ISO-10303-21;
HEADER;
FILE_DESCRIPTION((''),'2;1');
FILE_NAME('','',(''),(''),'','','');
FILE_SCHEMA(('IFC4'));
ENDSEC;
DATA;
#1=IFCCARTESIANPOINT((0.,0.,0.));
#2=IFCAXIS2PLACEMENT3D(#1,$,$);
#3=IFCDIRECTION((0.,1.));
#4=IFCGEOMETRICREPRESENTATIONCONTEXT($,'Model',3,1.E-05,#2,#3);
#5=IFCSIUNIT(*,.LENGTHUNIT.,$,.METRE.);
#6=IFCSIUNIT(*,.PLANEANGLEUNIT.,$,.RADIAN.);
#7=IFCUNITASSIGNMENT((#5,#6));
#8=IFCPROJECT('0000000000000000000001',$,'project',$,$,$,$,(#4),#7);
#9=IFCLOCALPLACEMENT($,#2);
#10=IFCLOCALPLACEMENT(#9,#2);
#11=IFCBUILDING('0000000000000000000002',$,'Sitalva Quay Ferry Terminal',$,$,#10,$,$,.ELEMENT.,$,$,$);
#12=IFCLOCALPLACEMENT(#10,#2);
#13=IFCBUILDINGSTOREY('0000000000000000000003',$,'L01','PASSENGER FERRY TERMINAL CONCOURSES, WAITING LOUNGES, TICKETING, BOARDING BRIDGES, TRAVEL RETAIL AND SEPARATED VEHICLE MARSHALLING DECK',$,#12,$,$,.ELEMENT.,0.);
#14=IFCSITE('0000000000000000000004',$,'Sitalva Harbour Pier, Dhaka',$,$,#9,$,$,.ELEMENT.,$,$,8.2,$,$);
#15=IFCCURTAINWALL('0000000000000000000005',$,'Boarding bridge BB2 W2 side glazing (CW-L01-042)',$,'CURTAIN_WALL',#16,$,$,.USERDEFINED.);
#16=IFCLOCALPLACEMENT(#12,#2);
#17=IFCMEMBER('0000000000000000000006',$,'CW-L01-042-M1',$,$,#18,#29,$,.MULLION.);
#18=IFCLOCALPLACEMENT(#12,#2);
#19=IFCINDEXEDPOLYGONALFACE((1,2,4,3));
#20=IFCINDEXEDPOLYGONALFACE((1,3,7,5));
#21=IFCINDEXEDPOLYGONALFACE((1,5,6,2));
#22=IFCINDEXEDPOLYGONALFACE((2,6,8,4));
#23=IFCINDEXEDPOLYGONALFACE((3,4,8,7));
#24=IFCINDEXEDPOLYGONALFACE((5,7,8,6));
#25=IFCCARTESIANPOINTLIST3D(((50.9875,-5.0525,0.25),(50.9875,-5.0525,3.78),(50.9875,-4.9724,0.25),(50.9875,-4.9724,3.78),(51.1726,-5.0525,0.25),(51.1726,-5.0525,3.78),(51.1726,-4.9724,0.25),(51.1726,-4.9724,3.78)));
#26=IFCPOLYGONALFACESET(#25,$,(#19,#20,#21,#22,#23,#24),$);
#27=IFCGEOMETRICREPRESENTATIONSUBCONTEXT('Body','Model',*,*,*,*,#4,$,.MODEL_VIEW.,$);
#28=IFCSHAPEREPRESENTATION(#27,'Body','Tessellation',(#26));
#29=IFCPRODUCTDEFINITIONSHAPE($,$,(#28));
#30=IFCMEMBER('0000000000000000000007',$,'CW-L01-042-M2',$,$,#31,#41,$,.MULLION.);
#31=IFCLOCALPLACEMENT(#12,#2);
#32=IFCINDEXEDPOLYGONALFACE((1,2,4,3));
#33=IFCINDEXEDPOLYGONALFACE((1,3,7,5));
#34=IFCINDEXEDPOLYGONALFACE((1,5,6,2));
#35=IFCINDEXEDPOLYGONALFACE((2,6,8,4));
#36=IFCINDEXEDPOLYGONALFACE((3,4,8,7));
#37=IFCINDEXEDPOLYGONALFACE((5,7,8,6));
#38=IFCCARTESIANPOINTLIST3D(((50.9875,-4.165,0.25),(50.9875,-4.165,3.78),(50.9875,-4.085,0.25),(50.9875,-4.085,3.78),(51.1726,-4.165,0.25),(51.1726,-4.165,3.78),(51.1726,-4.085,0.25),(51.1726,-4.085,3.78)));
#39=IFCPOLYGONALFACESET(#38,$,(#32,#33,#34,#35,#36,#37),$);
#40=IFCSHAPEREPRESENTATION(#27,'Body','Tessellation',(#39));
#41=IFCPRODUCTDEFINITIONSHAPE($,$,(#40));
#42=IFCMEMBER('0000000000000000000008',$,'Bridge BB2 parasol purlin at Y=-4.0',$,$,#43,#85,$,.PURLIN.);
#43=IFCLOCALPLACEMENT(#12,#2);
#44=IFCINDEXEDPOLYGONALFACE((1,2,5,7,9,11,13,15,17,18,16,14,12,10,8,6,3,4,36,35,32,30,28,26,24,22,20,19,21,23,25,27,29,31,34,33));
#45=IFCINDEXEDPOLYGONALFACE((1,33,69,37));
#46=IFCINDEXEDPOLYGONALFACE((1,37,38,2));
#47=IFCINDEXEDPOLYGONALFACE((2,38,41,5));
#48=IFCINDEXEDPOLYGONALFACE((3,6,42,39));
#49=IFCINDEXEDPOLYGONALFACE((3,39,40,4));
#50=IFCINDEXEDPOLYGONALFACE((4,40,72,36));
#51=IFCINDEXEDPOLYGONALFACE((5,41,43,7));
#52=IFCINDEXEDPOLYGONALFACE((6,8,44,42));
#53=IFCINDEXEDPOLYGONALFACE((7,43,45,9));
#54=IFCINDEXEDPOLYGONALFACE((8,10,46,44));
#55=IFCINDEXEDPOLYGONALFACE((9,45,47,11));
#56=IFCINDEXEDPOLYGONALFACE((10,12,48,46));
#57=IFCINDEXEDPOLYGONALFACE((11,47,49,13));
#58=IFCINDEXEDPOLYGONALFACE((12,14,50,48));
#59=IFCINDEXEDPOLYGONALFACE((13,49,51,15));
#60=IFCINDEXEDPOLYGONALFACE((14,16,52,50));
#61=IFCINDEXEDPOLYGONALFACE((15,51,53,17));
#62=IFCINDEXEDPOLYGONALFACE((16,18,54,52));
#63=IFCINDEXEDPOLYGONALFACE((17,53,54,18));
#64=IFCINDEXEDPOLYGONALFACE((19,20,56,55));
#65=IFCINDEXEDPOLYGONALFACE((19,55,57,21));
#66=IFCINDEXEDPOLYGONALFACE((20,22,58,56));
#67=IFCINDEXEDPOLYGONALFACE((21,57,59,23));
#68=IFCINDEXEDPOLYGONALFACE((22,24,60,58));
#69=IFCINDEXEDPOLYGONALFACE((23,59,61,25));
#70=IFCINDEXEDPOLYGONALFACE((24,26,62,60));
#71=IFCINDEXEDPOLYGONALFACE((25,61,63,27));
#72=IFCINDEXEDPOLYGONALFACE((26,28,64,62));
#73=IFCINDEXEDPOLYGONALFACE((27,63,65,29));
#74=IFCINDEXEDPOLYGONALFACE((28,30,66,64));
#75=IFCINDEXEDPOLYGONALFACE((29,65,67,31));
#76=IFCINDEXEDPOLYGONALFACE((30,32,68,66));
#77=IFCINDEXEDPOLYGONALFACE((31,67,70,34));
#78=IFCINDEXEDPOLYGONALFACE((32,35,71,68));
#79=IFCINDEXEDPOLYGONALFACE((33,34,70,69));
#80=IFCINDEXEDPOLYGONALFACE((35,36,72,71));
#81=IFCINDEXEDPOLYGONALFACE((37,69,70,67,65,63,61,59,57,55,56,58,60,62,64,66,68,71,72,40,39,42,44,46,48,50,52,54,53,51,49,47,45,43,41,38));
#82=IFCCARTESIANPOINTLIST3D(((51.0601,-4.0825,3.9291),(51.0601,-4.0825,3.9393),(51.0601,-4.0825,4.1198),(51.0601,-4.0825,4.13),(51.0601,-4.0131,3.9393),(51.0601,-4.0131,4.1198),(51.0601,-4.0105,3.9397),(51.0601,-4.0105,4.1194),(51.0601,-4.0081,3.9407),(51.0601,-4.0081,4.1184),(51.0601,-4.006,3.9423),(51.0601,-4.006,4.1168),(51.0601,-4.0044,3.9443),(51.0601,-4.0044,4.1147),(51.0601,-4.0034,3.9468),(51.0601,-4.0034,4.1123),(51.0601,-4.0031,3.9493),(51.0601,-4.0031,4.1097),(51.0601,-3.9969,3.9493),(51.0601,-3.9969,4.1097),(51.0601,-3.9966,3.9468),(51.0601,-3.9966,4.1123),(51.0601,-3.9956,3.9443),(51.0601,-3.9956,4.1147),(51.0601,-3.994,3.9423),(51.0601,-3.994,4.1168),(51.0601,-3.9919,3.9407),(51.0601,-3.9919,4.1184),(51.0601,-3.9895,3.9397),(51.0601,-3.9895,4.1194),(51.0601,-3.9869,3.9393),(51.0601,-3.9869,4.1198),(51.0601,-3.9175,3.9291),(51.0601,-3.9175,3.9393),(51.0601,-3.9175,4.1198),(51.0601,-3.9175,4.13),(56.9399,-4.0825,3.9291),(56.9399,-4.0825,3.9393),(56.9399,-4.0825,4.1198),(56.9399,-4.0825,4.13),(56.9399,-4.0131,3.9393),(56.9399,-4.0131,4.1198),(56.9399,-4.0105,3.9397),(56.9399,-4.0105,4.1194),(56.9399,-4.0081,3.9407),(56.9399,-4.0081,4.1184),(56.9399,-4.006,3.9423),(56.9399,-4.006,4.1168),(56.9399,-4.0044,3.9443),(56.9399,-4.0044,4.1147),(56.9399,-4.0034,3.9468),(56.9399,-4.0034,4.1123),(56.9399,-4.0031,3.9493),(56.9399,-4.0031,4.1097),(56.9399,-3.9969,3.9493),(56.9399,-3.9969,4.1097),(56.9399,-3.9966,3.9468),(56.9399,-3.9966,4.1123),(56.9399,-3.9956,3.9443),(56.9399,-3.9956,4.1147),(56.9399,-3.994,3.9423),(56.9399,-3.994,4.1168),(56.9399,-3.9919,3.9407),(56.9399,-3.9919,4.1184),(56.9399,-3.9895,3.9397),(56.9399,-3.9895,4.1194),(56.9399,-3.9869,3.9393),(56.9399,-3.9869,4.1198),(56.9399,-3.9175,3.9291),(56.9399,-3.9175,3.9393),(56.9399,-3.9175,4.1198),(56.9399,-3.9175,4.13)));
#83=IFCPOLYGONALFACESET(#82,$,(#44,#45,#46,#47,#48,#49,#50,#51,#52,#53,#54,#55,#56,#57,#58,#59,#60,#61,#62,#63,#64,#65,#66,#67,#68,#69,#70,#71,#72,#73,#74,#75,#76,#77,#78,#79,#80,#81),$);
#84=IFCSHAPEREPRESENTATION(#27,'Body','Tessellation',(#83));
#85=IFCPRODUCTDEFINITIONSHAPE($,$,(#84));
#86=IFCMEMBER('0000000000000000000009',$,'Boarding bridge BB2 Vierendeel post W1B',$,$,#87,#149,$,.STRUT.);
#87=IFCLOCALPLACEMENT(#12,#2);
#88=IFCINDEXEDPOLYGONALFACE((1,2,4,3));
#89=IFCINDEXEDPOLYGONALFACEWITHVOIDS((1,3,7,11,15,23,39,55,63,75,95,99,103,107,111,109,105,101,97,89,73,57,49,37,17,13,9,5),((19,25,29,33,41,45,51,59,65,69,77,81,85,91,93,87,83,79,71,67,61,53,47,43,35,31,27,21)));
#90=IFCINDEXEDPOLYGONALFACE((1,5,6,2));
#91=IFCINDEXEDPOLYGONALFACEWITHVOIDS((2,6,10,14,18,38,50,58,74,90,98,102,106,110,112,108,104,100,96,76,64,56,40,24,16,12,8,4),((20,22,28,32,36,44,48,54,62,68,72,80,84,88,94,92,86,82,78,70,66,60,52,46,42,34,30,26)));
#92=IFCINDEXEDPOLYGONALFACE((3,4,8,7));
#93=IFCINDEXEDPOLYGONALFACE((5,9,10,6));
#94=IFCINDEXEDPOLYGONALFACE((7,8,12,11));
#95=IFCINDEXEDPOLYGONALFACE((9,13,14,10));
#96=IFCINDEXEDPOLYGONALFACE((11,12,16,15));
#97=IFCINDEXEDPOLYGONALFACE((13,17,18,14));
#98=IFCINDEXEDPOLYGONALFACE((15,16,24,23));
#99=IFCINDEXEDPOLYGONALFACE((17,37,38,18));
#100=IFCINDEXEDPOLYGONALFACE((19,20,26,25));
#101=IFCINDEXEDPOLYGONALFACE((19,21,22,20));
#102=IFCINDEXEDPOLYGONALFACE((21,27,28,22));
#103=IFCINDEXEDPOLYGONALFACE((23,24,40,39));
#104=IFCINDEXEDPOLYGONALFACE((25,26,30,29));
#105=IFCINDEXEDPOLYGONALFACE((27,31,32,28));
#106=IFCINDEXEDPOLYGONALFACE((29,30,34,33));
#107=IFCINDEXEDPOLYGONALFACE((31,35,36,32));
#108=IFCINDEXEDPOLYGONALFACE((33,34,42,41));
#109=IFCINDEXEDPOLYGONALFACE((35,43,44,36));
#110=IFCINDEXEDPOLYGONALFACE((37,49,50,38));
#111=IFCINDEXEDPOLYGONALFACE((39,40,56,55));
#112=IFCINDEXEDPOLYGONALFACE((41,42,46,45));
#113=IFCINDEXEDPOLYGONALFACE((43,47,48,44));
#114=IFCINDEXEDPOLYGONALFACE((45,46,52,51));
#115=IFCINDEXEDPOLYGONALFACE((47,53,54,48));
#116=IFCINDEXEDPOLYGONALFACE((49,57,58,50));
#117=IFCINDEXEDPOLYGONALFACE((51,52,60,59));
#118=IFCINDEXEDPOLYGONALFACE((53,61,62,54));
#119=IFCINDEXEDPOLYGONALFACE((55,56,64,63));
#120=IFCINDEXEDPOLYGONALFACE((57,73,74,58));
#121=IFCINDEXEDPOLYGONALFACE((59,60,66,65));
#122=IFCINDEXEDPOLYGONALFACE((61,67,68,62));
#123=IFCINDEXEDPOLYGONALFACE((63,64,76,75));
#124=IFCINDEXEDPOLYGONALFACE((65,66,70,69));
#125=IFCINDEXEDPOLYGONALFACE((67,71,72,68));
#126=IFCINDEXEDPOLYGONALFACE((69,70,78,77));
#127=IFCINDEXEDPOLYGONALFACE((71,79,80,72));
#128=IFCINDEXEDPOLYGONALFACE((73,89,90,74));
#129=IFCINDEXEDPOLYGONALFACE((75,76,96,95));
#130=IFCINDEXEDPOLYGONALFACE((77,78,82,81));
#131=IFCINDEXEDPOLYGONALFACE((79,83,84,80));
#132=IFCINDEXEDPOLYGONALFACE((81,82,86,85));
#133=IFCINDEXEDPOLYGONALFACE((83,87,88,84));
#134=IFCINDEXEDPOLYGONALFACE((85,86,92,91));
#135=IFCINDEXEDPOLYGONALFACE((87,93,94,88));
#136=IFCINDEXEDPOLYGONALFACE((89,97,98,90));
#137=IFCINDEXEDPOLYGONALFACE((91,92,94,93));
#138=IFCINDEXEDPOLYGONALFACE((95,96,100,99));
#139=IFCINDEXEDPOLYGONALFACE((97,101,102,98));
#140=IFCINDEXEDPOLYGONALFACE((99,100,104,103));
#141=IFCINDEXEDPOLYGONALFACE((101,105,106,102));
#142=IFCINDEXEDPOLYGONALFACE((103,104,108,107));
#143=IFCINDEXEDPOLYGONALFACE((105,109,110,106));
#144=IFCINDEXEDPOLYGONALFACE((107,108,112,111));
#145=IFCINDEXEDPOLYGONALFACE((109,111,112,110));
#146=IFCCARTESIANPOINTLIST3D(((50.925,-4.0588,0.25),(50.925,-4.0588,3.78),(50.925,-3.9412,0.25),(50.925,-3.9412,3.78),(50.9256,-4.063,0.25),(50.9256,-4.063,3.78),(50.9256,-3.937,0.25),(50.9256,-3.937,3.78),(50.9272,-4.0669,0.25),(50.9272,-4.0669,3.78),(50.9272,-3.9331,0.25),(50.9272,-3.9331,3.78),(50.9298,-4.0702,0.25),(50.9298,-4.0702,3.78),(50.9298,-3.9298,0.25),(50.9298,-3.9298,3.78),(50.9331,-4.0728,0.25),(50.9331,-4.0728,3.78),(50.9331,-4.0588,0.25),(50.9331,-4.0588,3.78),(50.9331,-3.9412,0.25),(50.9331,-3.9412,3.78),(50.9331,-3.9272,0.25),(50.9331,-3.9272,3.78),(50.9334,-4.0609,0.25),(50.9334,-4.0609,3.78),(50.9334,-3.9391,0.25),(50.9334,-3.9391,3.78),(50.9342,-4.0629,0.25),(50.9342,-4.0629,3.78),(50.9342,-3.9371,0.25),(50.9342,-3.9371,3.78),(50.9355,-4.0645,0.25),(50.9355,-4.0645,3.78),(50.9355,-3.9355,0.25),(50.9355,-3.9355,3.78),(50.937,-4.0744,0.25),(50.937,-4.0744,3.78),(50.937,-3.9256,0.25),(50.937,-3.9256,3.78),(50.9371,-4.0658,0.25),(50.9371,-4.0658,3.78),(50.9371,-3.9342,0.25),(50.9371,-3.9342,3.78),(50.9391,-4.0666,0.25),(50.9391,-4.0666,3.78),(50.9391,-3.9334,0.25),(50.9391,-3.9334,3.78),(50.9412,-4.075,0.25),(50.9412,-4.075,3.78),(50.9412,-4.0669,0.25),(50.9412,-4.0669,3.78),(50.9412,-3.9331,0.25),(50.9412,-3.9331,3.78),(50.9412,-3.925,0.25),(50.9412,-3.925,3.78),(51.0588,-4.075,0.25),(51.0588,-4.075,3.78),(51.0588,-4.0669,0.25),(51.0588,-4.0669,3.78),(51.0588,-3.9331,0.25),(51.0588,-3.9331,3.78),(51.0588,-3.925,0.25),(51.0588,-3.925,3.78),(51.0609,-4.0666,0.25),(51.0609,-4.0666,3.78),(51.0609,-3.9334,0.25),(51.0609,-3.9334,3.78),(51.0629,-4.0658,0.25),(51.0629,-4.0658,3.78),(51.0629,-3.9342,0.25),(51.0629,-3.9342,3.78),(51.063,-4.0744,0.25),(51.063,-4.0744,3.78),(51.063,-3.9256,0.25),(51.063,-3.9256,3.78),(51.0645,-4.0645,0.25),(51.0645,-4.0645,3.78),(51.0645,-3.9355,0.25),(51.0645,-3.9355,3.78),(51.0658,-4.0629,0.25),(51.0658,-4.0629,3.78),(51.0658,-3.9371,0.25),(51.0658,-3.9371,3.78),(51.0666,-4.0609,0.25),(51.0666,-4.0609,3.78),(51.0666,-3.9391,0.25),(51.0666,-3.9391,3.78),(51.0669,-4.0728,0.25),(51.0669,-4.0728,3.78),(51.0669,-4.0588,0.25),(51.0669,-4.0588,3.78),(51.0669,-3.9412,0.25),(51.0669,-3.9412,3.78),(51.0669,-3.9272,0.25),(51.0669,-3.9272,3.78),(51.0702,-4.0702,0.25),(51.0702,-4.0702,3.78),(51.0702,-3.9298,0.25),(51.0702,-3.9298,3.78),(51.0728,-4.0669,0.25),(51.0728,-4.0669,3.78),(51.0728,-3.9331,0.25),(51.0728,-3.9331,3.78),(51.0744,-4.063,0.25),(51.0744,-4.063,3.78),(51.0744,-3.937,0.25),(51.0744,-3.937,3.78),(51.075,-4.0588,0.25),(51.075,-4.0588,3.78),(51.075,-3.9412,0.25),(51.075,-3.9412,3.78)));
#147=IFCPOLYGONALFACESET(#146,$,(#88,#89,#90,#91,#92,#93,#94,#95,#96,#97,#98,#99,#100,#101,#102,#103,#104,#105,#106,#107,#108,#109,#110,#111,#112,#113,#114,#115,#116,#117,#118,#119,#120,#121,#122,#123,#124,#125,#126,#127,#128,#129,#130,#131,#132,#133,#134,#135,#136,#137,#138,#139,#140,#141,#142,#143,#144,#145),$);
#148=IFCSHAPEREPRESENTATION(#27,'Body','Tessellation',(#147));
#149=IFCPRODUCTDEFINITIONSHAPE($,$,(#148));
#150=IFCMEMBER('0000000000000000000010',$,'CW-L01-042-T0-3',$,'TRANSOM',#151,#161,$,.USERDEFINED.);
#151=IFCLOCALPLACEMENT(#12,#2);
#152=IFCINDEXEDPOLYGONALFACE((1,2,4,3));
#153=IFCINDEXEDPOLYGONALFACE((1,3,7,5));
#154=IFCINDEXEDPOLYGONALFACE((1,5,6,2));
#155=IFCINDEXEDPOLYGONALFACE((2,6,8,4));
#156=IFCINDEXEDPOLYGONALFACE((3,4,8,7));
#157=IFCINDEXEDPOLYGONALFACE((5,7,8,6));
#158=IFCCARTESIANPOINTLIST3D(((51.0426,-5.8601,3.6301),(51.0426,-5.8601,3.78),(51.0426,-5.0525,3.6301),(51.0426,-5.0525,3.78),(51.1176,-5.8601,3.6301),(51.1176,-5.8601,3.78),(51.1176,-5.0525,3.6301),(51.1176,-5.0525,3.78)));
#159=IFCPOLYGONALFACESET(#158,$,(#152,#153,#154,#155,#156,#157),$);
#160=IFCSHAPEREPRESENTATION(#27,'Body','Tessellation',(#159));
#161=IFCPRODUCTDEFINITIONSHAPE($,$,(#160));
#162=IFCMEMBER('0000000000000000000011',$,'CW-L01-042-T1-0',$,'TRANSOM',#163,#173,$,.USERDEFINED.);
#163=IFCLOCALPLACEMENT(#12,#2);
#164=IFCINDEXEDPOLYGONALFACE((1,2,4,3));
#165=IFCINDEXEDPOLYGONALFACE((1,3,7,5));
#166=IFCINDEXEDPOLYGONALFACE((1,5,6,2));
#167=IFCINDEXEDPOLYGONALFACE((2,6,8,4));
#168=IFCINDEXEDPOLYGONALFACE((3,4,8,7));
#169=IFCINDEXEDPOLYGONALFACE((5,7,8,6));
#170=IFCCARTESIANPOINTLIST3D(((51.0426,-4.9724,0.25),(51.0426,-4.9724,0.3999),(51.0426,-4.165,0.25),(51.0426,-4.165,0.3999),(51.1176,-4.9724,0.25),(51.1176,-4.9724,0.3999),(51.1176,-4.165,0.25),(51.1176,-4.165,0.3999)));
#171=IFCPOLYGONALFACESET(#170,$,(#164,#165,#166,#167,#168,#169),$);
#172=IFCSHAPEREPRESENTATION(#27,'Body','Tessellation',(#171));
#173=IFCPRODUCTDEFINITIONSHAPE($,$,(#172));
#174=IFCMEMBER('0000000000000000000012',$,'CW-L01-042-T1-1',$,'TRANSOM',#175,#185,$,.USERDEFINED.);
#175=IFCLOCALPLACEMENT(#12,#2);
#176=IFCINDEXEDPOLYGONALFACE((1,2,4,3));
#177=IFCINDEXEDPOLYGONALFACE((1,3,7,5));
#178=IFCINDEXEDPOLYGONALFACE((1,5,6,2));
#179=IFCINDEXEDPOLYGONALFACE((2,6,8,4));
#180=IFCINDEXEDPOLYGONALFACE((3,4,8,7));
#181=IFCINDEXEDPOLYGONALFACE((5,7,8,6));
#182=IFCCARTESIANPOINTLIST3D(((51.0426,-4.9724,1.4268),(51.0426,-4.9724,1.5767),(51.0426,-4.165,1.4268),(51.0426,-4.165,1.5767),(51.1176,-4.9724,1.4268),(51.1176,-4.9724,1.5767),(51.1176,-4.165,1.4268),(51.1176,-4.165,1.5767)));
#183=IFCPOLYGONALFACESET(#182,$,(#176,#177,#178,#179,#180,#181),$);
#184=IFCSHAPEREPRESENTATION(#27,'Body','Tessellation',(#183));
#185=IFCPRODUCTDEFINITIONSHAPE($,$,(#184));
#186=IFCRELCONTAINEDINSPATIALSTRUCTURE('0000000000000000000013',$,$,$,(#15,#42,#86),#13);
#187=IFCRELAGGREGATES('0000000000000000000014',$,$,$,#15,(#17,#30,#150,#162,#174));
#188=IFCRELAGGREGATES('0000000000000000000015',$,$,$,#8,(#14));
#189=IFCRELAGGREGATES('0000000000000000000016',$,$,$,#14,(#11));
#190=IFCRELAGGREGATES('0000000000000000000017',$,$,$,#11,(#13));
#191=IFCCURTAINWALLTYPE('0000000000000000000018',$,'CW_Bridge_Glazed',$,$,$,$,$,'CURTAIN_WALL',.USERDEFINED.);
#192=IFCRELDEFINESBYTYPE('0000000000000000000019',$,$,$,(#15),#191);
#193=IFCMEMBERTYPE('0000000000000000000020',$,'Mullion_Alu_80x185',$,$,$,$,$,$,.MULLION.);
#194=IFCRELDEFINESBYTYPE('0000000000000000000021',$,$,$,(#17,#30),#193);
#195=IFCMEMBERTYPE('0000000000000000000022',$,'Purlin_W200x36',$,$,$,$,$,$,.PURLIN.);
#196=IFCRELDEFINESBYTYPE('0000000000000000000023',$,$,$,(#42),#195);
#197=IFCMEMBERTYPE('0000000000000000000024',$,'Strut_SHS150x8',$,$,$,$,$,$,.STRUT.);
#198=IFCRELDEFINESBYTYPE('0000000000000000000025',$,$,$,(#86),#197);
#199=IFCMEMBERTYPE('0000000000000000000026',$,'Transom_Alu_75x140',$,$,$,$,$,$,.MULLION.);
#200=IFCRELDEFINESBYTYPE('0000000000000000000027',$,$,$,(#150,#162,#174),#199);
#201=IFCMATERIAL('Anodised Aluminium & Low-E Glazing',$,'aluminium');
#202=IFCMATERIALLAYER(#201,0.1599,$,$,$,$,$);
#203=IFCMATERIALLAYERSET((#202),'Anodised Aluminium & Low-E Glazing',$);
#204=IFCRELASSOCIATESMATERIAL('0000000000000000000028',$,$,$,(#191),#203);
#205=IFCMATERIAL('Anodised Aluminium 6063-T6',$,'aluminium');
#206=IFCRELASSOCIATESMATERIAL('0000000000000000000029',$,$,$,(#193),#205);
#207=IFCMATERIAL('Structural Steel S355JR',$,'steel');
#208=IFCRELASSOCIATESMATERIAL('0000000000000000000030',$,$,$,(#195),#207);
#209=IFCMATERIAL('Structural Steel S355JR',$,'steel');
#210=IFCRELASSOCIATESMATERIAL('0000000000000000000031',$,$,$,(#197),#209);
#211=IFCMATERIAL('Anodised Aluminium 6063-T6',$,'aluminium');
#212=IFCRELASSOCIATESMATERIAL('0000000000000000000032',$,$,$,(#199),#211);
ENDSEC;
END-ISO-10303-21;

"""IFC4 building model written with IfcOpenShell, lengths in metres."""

from ifc_helpers import new_model, si_unit, direction, frame, origin, origin_2d, place, context, subcontext, project, spatial, rectangle, hollow_rectangle, i_section, extrude, material, layer, layer_set, material_profile, profile_set, type_object, element, aggregate, save


model = new_model("IFC4")

# Units and contexts
model_context = context("Model", 3, precision=1e-05, world=origin(), true_north=direction((0.0, 1.0)))
body_context = subcontext(model_context, "Body", "Model", "MODEL_VIEW")
ifc_project = project(units=[si_unit("LENGTHUNIT", "METRE"), si_unit("PLANEANGLEUNIT", "RADIAN")], contexts=[model_context])

# Site, building, storey
site_placement = place(None, origin())
site = spatial("IfcSite", under=ifc_project, at=site_placement, Name="Sitalva Harbour Pier, Dhaka", CompositionType="ELEMENT", RefElevation=8.2)
building_placement = place(site_placement, origin())
building = spatial("IfcBuilding", under=site, at=building_placement, Name="Sitalva Quay Ferry Terminal", CompositionType="ELEMENT")
storey_placement = place(building_placement, origin())
storey = spatial("IfcBuildingStorey", under=building, at=storey_placement, Name="L01", Description="PASSENGER FERRY TERMINAL CONCOURSES, WAITING LOUNGES, TICKETING, BOARDING BRIDGES, TRAVEL RETAIL AND SEPARATED VEHICLE MARSHALLING DECK", CompositionType="ELEMENT", Elevation=0.0)

# Curtain wall, members
ifc_material_1 = material(Name="Anodised Aluminium & Low-E Glazing", Category="aluminium")
ifc_layer_1 = layer(ifc_material_1, 0.1599)
ifc_layer_set_1 = layer_set([ifc_layer_1], Name="Anodised Aluminium & Low-E Glazing")
curtain_wall_type = type_object("IfcCurtainWallType", Name="CW_Bridge_Glazed", ElementType="CURTAIN_WALL", PredefinedType="USERDEFINED", material=ifc_layer_set_1)
curtain_wall_placement = place(storey_placement, origin())
curtain_wall = element("IfcCurtainWall", 1, at=curtain_wall_placement, inside=storey, type_object=curtain_wall_type, Name="Boarding bridge BB2 W2 side glazing (CW-L01-042)", ObjectType="CURTAIN_WALL", PredefinedType="USERDEFINED")
ifc_material_2 = material(Name="Anodised Aluminium 6063-T6", Category="aluminium")
ifc_material_profile_1 = material_profile(ifc_material_2, rectangle(XDim=0.0801, YDim=0.1851, at=origin_2d()), Name="ALU80x185")
ifc_profile_set_1 = profile_set([ifc_material_profile_1], Name="Anodised Aluminium 6063-T6")
member_type_1 = type_object("IfcMemberType", Name="Mullion_Alu_80x185", PredefinedType="MULLION", material=ifc_profile_set_1)
member_1_placement = place(storey_placement, frame((51.0801, -5.0125, 0.25), z_axis=(0.0, 0.0, 1.0), x_axis=(0.0, 1.0, 0.0)))
member_1 = element("IfcMember", 2, at=member_1_placement, type_object=member_type_1, Name="CW-L01-042-M1", PredefinedType="MULLION", context=body_context, shape_type="SweptSolid", body=[
    extrude(rectangle(XDim=0.0801, YDim=0.1851, at=origin_2d()), origin(), (0.0, 0.0, 1.0), 3.53),
])
member_2_placement = place(storey_placement, frame((51.0801, -4.125, 0.25), z_axis=(0.0, 0.0, 1.0), x_axis=(0.0, 1.0, 0.0)))
member_2 = element("IfcMember", 3, at=member_2_placement, type_object=member_type_1, Name="CW-L01-042-M2", PredefinedType="MULLION", context=body_context, shape_type="SweptSolid", body=[
    extrude(rectangle(XDim=0.0801, YDim=0.1851, at=origin_2d()), origin(), (0.0, 0.0, 1.0), 3.53),
])

# Members
ifc_material_3 = material(Name="Structural Steel S355JR", Category="steel")
ifc_material_profile_2 = material_profile(ifc_material_3, i_section(OverallWidth=0.165, OverallDepth=0.2009, WebThickness=0.0061, FlangeThickness=0.0103, FilletRadius=0.01, at=origin_2d()), Name="W200x36")
ifc_profile_set_2 = profile_set([ifc_material_profile_2], Name="Structural Steel S355JR")
member_type_2 = type_object("IfcMemberType", Name="Purlin_W200x36", PredefinedType="PURLIN", material=ifc_profile_set_2)
member_3_placement = place(storey_placement, frame((51.0601, -4.0, 4.0295), z_axis=(1.0, 0.0, 0.0), x_axis=(0.0, 1.0, 0.0)))
element("IfcMember", 4, at=member_3_placement, inside=storey, type_object=member_type_2, Name="Bridge BB2 parasol purlin at Y=-4.0", PredefinedType="PURLIN", context=body_context, shape_type="SweptSolid", body=[
    extrude(i_section(OverallWidth=0.165, OverallDepth=0.2009, WebThickness=0.0061, FlangeThickness=0.0103, FilletRadius=0.01, at=origin_2d()), origin(), (0.0, 0.0, 1.0), 5.8799),
])
ifc_material_4 = material(Name="Structural Steel S355JR", Category="steel")
ifc_material_profile_3 = material_profile(ifc_material_4, hollow_rectangle(XDim=0.1499, YDim=0.1499, WallThickness=0.0081, InnerFilletRadius=0.0081, OuterFilletRadius=0.0161, at=origin_2d()), Name="SHS150x150x8")
ifc_profile_set_3 = profile_set([ifc_material_profile_3], Name="Structural Steel S355JR")
member_type_3 = type_object("IfcMemberType", Name="Strut_SHS150x8", PredefinedType="STRUT", material=ifc_profile_set_3)
member_4_placement = place(storey_placement, frame((51.0, -4.0, 0.25), z_axis=(0.0, 0.0, 1.0), x_axis=(1.0, 0.0, 0.0)))
element("IfcMember", 5, at=member_4_placement, inside=storey, type_object=member_type_3, Name="Boarding bridge BB2 Vierendeel post W1B", PredefinedType="STRUT", context=body_context, shape_type="SweptSolid", body=[
    extrude(hollow_rectangle(XDim=0.1499, YDim=0.1499, WallThickness=0.0081, InnerFilletRadius=0.0081, OuterFilletRadius=0.0161, at=origin_2d()), origin(), (0.0, 0.0, 1.0), 3.53),
])

# Members
ifc_material_5 = material(Name="Anodised Aluminium 6063-T6", Category="aluminium")
ifc_material_profile_4 = material_profile(ifc_material_5, rectangle(XDim=0.075, YDim=0.1499, at=origin_2d()), Name="ALU75x150")
ifc_profile_set_4 = profile_set([ifc_material_profile_4], Name="Anodised Aluminium 6063-T6")
member_type_4 = type_object("IfcMemberType", Name="Transom_Alu_75x140", PredefinedType="MULLION", material=ifc_profile_set_4)
member_5_placement = place(storey_placement, frame((51.0801, -5.8601, 3.7051), z_axis=(0.0, 1.0, 0.0), x_axis=(-1.0, 0.0, 0.0)))
member_5 = element("IfcMember", 6, at=member_5_placement, type_object=member_type_4, Name="CW-L01-042-T0-3", ObjectType="TRANSOM", PredefinedType="USERDEFINED", context=body_context, shape_type="SweptSolid", body=[
    extrude(rectangle(XDim=0.075, YDim=0.1499, at=origin_2d()), origin(), (0.0, 0.0, 1.0), 0.8076),
])
member_6_placement = place(storey_placement, frame((51.0801, -4.9724, 0.325), z_axis=(0.0, 1.0, 0.0), x_axis=(-1.0, 0.0, 0.0)))
member_6 = element("IfcMember", 7, at=member_6_placement, type_object=member_type_4, Name="CW-L01-042-T1-0", ObjectType="TRANSOM", PredefinedType="USERDEFINED", context=body_context, shape_type="SweptSolid", body=[
    extrude(rectangle(XDim=0.075, YDim=0.1499, at=origin_2d()), origin(), (0.0, 0.0, 1.0), 0.8074),
])
member_7_placement = place(storey_placement, frame((51.0801, -4.9724, 1.5017), z_axis=(0.0, 1.0, 0.0), x_axis=(-1.0, 0.0, 0.0)))
member_7 = element("IfcMember", 8, at=member_7_placement, type_object=member_type_4, Name="CW-L01-042-T1-1", ObjectType="TRANSOM", PredefinedType="USERDEFINED", context=body_context, shape_type="SweptSolid", body=[
    extrude(rectangle(XDim=0.075, YDim=0.1499, at=origin_2d()), origin(), (0.0, 0.0, 1.0), 0.8074),
])

aggregate(curtain_wall, [member_1, member_2, member_5, member_6, member_7])

save(model, "model.ifc")
